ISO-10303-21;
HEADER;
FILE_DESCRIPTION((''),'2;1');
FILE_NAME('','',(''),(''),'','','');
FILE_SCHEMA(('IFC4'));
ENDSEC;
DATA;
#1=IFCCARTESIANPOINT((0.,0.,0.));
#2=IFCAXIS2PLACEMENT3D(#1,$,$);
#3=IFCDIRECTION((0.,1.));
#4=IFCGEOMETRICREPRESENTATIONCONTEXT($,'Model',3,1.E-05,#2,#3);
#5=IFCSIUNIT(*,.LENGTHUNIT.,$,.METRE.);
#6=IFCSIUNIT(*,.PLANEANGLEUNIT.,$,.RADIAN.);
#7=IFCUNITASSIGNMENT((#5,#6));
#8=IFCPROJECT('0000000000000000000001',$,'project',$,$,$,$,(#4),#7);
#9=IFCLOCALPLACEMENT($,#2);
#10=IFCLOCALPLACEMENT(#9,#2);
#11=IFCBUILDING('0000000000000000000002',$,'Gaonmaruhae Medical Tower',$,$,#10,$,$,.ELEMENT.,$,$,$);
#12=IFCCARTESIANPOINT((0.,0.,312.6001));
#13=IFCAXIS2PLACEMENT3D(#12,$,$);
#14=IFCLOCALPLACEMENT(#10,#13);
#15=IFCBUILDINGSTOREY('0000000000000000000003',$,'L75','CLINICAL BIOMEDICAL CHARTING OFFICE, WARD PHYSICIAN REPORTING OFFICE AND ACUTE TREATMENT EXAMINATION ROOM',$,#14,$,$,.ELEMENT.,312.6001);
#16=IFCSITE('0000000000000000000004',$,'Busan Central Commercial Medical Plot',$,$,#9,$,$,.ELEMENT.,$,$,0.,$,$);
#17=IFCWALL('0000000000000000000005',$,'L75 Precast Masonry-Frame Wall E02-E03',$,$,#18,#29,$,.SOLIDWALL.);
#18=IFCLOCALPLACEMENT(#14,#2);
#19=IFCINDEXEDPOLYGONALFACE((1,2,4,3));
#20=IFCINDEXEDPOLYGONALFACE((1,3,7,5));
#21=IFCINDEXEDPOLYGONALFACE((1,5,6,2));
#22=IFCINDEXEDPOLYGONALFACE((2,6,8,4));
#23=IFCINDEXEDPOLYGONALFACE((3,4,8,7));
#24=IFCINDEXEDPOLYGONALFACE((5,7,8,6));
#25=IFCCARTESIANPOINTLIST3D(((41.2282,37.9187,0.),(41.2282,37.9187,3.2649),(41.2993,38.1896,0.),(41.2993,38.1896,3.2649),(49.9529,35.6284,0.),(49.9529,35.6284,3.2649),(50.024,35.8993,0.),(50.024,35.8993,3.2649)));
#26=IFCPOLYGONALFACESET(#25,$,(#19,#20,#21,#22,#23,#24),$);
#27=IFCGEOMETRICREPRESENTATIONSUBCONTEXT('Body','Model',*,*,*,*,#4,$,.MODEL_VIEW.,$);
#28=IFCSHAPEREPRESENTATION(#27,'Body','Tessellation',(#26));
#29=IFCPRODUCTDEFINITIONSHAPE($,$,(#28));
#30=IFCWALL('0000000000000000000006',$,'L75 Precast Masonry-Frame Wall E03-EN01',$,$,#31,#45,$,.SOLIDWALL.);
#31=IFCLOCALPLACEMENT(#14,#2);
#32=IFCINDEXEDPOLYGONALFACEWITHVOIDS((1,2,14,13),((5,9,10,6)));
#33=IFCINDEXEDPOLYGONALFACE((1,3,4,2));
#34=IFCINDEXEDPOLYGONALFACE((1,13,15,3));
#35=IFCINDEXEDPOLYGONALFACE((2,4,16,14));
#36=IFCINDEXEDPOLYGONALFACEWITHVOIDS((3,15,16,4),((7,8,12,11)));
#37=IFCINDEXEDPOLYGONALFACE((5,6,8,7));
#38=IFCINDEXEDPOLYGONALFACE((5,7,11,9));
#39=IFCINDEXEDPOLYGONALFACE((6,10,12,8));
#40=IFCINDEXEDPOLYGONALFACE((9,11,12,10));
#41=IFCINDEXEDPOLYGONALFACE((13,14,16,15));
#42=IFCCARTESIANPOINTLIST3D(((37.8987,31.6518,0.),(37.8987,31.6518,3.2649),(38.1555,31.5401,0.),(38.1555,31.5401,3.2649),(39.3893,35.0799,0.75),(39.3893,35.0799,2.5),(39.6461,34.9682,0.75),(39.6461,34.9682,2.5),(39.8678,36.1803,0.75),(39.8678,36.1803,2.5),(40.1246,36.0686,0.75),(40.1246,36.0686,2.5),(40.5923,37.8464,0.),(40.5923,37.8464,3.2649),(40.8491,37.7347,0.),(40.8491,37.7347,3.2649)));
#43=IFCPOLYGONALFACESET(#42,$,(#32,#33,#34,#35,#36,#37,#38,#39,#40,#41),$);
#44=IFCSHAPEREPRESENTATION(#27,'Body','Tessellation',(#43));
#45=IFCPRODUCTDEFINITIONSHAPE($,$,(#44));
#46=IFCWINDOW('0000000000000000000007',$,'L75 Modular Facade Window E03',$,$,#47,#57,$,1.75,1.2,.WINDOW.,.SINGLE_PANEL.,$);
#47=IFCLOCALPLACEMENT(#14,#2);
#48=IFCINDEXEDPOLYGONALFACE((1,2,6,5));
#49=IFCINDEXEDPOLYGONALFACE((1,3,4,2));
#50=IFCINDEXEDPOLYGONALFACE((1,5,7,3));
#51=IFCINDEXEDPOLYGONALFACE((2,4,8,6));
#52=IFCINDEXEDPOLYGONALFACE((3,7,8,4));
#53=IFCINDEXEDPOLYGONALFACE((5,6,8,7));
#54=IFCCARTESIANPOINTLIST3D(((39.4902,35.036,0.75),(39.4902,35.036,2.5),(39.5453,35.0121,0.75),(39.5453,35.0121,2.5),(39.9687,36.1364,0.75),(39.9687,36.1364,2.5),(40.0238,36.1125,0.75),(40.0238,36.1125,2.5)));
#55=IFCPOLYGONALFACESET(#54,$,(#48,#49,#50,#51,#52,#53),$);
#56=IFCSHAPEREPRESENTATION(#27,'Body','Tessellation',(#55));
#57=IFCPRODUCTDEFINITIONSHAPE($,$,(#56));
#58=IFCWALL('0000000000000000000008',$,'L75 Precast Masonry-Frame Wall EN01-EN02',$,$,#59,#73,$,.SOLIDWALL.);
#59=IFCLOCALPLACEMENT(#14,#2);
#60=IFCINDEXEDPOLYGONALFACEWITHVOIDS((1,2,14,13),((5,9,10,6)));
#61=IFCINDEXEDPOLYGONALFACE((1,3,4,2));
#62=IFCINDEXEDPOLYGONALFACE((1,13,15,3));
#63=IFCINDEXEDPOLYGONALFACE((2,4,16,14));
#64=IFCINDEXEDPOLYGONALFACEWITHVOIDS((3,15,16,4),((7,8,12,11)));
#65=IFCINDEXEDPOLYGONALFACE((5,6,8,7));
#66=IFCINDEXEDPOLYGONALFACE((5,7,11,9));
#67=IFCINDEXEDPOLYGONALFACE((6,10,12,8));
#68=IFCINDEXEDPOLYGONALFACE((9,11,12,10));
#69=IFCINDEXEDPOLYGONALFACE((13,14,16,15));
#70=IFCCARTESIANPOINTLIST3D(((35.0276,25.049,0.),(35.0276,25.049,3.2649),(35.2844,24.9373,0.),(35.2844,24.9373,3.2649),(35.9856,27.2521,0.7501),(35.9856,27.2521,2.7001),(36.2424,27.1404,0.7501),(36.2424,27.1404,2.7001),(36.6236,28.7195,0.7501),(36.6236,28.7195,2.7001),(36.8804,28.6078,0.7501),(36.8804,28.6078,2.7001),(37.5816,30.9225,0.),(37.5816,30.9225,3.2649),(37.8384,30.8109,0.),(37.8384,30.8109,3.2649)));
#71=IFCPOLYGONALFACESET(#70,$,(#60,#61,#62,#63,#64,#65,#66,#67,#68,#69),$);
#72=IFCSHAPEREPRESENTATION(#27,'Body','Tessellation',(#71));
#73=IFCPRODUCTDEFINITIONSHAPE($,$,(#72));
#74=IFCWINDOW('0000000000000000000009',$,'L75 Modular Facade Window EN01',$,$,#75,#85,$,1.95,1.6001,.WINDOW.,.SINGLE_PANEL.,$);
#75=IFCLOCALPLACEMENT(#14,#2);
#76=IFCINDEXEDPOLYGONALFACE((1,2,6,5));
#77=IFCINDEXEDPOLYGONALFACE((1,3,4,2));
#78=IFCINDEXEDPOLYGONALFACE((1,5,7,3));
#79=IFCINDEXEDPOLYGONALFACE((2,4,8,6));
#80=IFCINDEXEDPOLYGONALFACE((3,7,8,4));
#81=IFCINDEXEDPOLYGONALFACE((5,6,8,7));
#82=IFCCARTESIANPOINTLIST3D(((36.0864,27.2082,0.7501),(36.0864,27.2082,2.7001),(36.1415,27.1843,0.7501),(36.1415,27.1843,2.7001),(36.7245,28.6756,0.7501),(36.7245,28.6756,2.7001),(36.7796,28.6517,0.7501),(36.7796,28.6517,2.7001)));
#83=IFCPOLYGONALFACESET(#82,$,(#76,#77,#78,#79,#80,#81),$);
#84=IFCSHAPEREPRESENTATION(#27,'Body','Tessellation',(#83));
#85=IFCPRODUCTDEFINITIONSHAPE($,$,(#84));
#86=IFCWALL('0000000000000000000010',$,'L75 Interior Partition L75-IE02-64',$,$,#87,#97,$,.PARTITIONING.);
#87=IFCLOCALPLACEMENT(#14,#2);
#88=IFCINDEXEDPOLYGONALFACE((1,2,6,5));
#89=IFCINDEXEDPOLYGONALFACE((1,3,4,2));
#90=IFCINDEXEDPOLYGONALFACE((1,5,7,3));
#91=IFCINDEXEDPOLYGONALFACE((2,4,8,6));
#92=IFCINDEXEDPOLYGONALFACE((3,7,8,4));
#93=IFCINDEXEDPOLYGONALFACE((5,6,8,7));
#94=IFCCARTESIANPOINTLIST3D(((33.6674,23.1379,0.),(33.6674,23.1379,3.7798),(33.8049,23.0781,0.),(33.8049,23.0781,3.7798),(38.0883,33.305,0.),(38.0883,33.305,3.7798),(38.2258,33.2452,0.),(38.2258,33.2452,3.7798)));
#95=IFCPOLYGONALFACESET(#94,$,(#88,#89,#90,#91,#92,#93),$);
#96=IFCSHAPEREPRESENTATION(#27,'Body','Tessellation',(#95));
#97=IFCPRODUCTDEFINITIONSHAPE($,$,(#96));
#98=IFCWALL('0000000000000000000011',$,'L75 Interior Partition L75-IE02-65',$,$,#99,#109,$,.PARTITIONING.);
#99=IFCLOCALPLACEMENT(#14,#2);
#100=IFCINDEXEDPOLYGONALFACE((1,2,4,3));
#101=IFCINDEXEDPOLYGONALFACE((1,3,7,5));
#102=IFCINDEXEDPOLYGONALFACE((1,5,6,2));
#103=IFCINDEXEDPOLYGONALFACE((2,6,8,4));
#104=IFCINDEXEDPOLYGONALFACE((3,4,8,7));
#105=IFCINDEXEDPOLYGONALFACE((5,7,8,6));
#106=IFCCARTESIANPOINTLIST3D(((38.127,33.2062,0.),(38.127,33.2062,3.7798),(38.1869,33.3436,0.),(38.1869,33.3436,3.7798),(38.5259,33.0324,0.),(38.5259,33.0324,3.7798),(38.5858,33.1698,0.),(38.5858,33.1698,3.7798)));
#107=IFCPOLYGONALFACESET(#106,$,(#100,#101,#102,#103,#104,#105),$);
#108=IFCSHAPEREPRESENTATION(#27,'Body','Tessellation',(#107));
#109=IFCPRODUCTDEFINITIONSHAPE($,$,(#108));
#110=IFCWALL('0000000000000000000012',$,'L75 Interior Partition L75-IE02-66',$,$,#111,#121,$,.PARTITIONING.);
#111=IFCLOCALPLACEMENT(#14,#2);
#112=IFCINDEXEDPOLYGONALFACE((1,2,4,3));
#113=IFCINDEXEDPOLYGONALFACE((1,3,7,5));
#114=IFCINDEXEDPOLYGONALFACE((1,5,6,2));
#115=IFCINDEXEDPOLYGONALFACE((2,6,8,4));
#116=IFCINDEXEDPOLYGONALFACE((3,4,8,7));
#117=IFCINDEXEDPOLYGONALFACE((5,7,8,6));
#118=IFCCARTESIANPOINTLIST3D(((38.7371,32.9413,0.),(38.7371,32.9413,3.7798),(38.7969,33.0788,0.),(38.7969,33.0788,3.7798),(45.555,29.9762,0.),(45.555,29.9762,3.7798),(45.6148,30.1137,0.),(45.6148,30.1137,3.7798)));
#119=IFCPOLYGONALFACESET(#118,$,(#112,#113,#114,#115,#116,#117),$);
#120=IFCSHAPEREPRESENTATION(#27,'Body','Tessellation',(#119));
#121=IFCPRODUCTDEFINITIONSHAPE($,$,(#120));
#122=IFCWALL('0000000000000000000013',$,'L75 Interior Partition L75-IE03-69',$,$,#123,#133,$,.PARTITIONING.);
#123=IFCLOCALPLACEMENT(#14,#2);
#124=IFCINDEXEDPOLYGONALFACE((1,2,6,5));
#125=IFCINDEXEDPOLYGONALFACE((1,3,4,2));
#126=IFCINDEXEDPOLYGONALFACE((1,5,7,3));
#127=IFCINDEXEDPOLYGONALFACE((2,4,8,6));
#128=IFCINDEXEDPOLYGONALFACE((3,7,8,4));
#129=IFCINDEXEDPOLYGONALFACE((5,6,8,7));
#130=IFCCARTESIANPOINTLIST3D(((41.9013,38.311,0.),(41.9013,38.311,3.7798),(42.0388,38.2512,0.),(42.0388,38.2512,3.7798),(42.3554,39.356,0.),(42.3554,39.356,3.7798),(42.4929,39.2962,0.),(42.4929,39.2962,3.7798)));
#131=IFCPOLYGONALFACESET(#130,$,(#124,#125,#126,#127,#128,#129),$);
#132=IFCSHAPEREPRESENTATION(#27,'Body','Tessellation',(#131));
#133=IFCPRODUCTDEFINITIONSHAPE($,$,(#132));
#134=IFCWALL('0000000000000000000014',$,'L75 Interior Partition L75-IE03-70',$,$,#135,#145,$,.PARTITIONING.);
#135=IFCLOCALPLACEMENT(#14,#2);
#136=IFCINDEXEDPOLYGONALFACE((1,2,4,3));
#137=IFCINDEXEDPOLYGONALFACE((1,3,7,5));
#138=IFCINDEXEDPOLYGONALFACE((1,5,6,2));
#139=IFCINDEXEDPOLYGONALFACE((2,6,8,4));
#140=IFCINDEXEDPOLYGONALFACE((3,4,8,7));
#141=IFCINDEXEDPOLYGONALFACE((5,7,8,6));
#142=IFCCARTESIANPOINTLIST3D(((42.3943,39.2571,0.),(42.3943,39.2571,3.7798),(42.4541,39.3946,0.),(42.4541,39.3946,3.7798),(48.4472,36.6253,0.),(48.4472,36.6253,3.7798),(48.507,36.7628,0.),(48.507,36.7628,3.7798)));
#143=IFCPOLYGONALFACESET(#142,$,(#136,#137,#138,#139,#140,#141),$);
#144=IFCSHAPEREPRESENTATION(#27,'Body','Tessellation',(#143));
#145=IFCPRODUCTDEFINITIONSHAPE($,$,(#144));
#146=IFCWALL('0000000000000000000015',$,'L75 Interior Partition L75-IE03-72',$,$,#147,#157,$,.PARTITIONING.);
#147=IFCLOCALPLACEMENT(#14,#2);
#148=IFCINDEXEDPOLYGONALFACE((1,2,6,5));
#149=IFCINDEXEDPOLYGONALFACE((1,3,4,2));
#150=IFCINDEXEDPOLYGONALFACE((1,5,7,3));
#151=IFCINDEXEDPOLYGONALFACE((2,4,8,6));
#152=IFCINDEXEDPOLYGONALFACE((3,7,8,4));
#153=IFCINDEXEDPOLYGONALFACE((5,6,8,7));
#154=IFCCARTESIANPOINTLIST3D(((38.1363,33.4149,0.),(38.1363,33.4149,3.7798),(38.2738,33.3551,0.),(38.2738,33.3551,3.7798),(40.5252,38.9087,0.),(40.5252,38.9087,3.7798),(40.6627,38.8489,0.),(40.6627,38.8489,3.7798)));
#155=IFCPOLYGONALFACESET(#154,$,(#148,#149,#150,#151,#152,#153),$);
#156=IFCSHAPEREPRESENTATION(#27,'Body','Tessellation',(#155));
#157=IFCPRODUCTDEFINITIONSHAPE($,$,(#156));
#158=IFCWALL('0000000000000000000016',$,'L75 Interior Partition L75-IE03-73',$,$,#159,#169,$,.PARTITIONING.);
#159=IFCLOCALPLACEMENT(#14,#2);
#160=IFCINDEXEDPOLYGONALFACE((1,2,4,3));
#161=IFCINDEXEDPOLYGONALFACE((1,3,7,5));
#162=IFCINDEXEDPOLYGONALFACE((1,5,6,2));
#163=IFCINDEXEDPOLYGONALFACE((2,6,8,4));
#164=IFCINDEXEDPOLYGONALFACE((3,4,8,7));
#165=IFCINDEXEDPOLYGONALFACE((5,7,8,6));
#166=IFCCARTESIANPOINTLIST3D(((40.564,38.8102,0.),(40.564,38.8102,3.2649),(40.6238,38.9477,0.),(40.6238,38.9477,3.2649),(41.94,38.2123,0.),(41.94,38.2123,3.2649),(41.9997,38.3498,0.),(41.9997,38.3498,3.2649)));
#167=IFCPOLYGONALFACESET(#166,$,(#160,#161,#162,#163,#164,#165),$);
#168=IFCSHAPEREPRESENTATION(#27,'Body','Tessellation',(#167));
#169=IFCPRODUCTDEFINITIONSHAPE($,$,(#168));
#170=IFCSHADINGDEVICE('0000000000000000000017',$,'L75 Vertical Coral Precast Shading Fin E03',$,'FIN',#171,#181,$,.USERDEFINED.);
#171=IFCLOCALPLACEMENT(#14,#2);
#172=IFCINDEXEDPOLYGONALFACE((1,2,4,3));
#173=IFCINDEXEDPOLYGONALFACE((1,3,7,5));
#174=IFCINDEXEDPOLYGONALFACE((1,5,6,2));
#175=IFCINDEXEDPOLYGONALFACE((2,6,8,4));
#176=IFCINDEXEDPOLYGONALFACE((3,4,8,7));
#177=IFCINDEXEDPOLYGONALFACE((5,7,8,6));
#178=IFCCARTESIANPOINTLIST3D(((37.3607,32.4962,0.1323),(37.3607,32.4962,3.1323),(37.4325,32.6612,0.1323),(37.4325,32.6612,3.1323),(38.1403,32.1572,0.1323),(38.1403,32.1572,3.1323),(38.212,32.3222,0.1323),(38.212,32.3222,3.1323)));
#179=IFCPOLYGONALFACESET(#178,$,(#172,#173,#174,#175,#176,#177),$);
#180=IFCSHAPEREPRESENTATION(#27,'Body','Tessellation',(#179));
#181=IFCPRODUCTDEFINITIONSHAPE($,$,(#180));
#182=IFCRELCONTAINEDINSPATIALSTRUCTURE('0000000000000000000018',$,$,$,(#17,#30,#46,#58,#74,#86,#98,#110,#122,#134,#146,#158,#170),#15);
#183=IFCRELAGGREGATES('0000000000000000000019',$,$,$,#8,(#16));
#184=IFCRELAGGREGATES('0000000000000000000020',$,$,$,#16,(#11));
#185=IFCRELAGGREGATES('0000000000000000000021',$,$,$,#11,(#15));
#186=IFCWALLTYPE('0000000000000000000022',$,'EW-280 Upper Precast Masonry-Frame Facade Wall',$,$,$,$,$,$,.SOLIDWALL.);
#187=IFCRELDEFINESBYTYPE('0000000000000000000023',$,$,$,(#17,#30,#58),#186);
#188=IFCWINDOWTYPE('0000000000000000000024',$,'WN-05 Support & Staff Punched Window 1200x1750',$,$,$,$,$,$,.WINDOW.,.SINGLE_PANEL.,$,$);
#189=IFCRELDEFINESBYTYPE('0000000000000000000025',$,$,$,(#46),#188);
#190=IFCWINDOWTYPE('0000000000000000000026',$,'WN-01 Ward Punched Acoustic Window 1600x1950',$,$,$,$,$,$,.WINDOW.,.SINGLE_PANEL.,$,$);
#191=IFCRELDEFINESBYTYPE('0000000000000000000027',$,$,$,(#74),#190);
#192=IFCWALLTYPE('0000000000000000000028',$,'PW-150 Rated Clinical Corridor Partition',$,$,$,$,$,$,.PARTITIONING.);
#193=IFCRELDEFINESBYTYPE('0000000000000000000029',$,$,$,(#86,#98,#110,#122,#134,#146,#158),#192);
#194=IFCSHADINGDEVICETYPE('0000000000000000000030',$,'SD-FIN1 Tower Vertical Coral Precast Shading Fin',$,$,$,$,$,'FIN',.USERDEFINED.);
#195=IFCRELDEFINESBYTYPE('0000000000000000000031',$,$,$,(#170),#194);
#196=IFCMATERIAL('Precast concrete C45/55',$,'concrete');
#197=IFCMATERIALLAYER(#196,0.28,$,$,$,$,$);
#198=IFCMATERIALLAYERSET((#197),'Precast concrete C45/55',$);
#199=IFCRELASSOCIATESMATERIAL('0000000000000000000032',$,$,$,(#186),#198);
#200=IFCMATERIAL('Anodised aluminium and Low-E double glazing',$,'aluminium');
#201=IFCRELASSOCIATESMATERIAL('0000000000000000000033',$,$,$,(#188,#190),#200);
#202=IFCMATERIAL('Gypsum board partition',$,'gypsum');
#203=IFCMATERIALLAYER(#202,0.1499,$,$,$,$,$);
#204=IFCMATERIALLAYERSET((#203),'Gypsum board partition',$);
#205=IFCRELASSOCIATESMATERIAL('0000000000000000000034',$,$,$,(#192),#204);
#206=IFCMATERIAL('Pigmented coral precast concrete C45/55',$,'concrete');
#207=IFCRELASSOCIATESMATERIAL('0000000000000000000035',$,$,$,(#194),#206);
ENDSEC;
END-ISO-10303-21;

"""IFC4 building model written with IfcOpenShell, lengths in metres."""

from ifc_helpers import new_model, si_unit, direction, frame, frame_2d, origin, origin_2d, place, context, subcontext, project, spatial, rectangle, extrude, material, layer, layer_set, type_object, element, fill, save


model = new_model("IFC4")

# Units and contexts
model_context = context("Model", 3, precision=1e-05, world=origin(), true_north=direction((0.0, 1.0)))
body_context = subcontext(model_context, "Body", "Model", "MODEL_VIEW")
ifc_project = project(units=[si_unit("LENGTHUNIT", "METRE"), si_unit("PLANEANGLEUNIT", "RADIAN")], contexts=[model_context])

# Site, building, storey
site_placement = place(None, origin())
site = spatial("IfcSite", under=ifc_project, at=site_placement, Name="Busan Central Commercial Medical Plot", CompositionType="ELEMENT", RefElevation=0.0)
building_placement = place(site_placement, origin())
building = spatial("IfcBuilding", under=site, at=building_placement, Name="Gaonmaruhae Medical Tower", CompositionType="ELEMENT")
storey_placement = place(building_placement, frame((0.0, 0.0, 312.6001)))
storey = spatial("IfcBuildingStorey", under=building, at=storey_placement, Name="L75", Description="CLINICAL BIOMEDICAL CHARTING OFFICE, WARD PHYSICIAN REPORTING OFFICE AND ACUTE TREATMENT EXAMINATION ROOM", CompositionType="ELEMENT", Elevation=312.6001)

# Wall
ifc_material_1 = material(Name="Precast concrete C45/55", Category="concrete")
ifc_layer_1 = layer(ifc_material_1, 0.28)
ifc_layer_set_1 = layer_set([ifc_layer_1], Name="Precast concrete C45/55")
wall_type_1 = type_object("IfcWallType", Name="EW-280 Upper Precast Masonry-Frame Facade Wall", PredefinedType="SOLIDWALL", material=ifc_layer_set_1)
wall_1_placement = place(storey_placement, frame((41.2637, 38.0542, 0.0), z_axis=(0.0, 0.0, 1.0), x_axis=(0.967229, -0.253906, 0.0)))
element("IfcWall", 1, at=wall_1_placement, inside=storey, type_object=wall_type_1, Name="L75 Precast Masonry-Frame Wall E02-E03", PredefinedType="SOLIDWALL", context=body_context, shape_type="SweptSolid", body=[
    extrude(rectangle(XDim=9.0203, YDim=0.28, at=frame_2d((4.5103, 0.0))), origin(), (0.0, 0.0, 1.0), 3.2649),
])

# Walls, openings, windows
wall_2_placement = place(storey_placement, frame((38.0271, 31.5959, 0.0), z_axis=(0.0, 0.0, 1.0), x_axis=(0.398764, 0.917053, 0.0)))
wall_2 = element("IfcWall", 2, at=wall_2_placement, inside=storey, type_object=wall_type_1, Name="L75 Precast Masonry-Frame Wall E03-EN01", PredefinedType="SOLIDWALL", context=body_context, shape_type="SweptSolid", body=[
    extrude(rectangle(XDim=6.7549, YDim=0.28, at=frame_2d((3.3774, 0.0))), origin(), (0.0, 0.0, 1.0), 3.2649),
])
opening_1_placement = place(wall_2_placement, frame((3.738, 0.0, 0.75)))
opening_1 = element("IfcOpeningElement", 3, at=opening_1_placement, cuts=wall_2, PredefinedType="OPENING", context=body_context, shape_type="SweptSolid", body=[
    extrude(rectangle(XDim=1.2, YDim=1.75, at=frame_2d((0.6001, 0.875))), frame((0.0, 0.1499, 0.0), z_axis=(0.0, -1.0, 0.0), x_axis=(1.0, 0.0, 0.0)), (0.0, 0.0, 1.0), 0.3),
])
ifc_material_2 = material(Name="Anodised aluminium and Low-E double glazing", Category="aluminium")
window_type_1 = type_object("IfcWindowType", Name="WN-05 Support & Staff Punched Window 1200x1750", PartitioningType="SINGLE_PANEL", PredefinedType="WINDOW", material=ifc_material_2)
window_1_placement = place(opening_1_placement, origin())
window_1 = element("IfcWindow", 4, at=window_1_placement, inside=storey, type_object=window_type_1, Name="L75 Modular Facade Window E03", OverallHeight=1.75, OverallWidth=1.2, PartitioningType="SINGLE_PANEL", PredefinedType="WINDOW", context=body_context, shape_type="SweptSolid", body=[
    extrude(rectangle(XDim=1.2, YDim=1.75, at=frame_2d((0.6001, 0.875))), frame((0.0, 0.03, 0.0), z_axis=(0.0, -1.0, 0.0), x_axis=(1.0, 0.0, 0.0)), (0.0, 0.0, 1.0), 0.0601),
])
fill(opening_1, window_1)
wall_3_placement = place(storey_placement, frame((35.156, 24.9932, 0.0), z_axis=(0.0, 0.0, 1.0), x_axis=(0.398758, 0.917056, 0.0)))
wall_3 = element("IfcWall", 5, at=wall_3_placement, inside=storey, type_object=wall_type_1, Name="L75 Precast Masonry-Frame Wall EN01-EN02", PredefinedType="SOLIDWALL", context=body_context, shape_type="SweptSolid", body=[
    extrude(rectangle(XDim=6.4048, YDim=0.28, at=frame_2d((3.2024, 0.0))), origin(), (0.0, 0.0, 1.0), 3.2649),
])
opening_2_placement = place(wall_3_placement, frame((2.4023, 0.0, 0.75)))
opening_2 = element("IfcOpeningElement", 6, at=opening_2_placement, cuts=wall_3, PredefinedType="OPENING", context=body_context, shape_type="SweptSolid", body=[
    extrude(rectangle(XDim=1.6001, YDim=1.95, at=frame_2d((0.8, 0.9751))), frame((0.0, 0.1499, 0.0), z_axis=(0.0, -1.0, 0.0), x_axis=(1.0, 0.0, 0.0)), (0.0, 0.0, 1.0), 0.3),
])
window_type_2 = type_object("IfcWindowType", Name="WN-01 Ward Punched Acoustic Window 1600x1950", PartitioningType="SINGLE_PANEL", PredefinedType="WINDOW", material=ifc_material_2)
window_2_placement = place(opening_2_placement, origin())
window_2 = element("IfcWindow", 7, at=window_2_placement, inside=storey, type_object=window_type_2, Name="L75 Modular Facade Window EN01", OverallHeight=1.95, OverallWidth=1.6001, PartitioningType="SINGLE_PANEL", PredefinedType="WINDOW", context=body_context, shape_type="SweptSolid", body=[
    extrude(rectangle(XDim=1.6001, YDim=1.95, at=frame_2d((0.8, 0.9751))), frame((0.0, 0.03, 0.0), z_axis=(0.0, -1.0, 0.0), x_axis=(1.0, 0.0, 0.0)), (0.0, 0.0, 1.0), 0.0601),
])
fill(opening_2, window_2)

# Walls
ifc_material_3 = material(Name="Gypsum board partition", Category="gypsum")
ifc_layer_2 = layer(ifc_material_3, 0.1499)
ifc_layer_set_2 = layer_set([ifc_layer_2], Name="Gypsum board partition")
wall_type_2 = type_object("IfcWallType", Name="PW-150 Rated Clinical Corridor Partition", PredefinedType="PARTITIONING", material=ifc_layer_set_2)
wall_4_placement = place(storey_placement, frame((33.7361, 23.1079, 0.0), z_axis=(0.0, 0.0, 1.0), x_axis=(0.398762, 0.917055, 0.0)))
element("IfcWall", 8, at=wall_4_placement, inside=storey, type_object=wall_type_2, Name="L75 Interior Partition L75-IE02-64", PredefinedType="PARTITIONING", context=body_context, shape_type="SweptSolid", body=[
    extrude(rectangle(XDim=11.0867, YDim=0.1499, at=frame_2d((5.5435, 0.0))), origin(), (0.0, 0.0, 1.0), 3.7798),
])
wall_5_placement = place(storey_placement, frame((38.157, 33.2749, 0.0), z_axis=(0.0, 0.0, 1.0), x_axis=(0.916749, -0.399465, 0.0)))
element("IfcWall", 9, at=wall_5_placement, inside=storey, type_object=wall_type_2, Name="L75 Interior Partition L75-IE02-65", PredefinedType="PARTITIONING", context=body_context, shape_type="SweptSolid", body=[
    extrude(rectangle(XDim=0.4351, YDim=0.1499, at=frame_2d((0.2175, 0.0))), origin(), (0.0, 0.0, 1.0), 3.7798),
])
wall_6_placement = place(storey_placement, frame((38.7671, 33.01, 0.0), z_axis=(0.0, 0.0, 1.0), x_axis=(0.917031, -0.398816, 0.0)))
element("IfcWall", 10, at=wall_6_placement, inside=storey, type_object=wall_type_2, Name="L75 Interior Partition L75-IE02-66", PredefinedType="PARTITIONING", context=body_context, shape_type="SweptSolid", body=[
    extrude(rectangle(XDim=7.4348, YDim=0.1499, at=frame_2d((3.7173, 0.0))), origin(), (0.0, 0.0, 1.0), 3.7798),
])
wall_7_placement = place(storey_placement, frame((41.97, 38.281, 0.0), z_axis=(0.0, 0.0, 1.0), x_axis=(0.398569, 0.917138, 0.0)))
element("IfcWall", 11, at=wall_7_placement, inside=storey, type_object=wall_type_2, Name="L75 Interior Partition L75-IE03-69", PredefinedType="PARTITIONING", context=body_context, shape_type="SweptSolid", body=[
    extrude(rectangle(XDim=1.1394, YDim=0.1499, at=frame_2d((0.5698, 0.0))), origin(), (0.0, 0.0, 1.0), 3.7798),
])
wall_8_placement = place(storey_placement, frame((42.4241, 39.3259, 0.0), z_axis=(0.0, 0.0, 1.0), x_axis=(0.917064, -0.39874, 0.0)))
element("IfcWall", 12, at=wall_8_placement, inside=storey, type_object=wall_type_2, Name="L75 Interior Partition L75-IE03-70", PredefinedType="PARTITIONING", context=body_context, shape_type="SweptSolid", body=[
    extrude(rectangle(XDim=6.6003, YDim=0.1499, at=frame_2d((3.3003, 0.0))), origin(), (0.0, 0.0, 1.0), 3.7798),
])
wall_9_placement = place(storey_placement, frame((38.2051, 33.385, 0.0), z_axis=(0.0, 0.0, 1.0), x_axis=(0.398763, 0.917054, 0.0)))
element("IfcWall", 13, at=wall_9_placement, inside=storey, type_object=wall_type_2, Name="L75 Interior Partition L75-IE03-72", PredefinedType="PARTITIONING", context=body_context, shape_type="SweptSolid", body=[
    extrude(rectangle(XDim=5.9907, YDim=0.1499, at=frame_2d((2.9954, 0.0))), origin(), (0.0, 0.0, 1.0), 3.7798),
])
wall_10_placement = place(storey_placement, frame((40.594, 38.8789, 0.0), z_axis=(0.0, 0.0, 1.0), x_axis=(0.917155, -0.39853, 0.0)))
element("IfcWall", 14, at=wall_10_placement, inside=storey, type_object=wall_type_2, Name="L75 Interior Partition L75-IE03-73", PredefinedType="PARTITIONING", context=body_context, shape_type="SweptSolid", body=[
    extrude(rectangle(XDim=1.5002, YDim=0.1499, at=frame_2d((0.75, 0.0))), origin(), (0.0, 0.0, 1.0), 3.2649),
])

# Shading device
ifc_material_4 = material(Name="Pigmented coral precast concrete C45/55", Category="concrete")
shading_device_type = type_object("IfcShadingDeviceType", Name="SD-FIN1 Tower Vertical Coral Precast Shading Fin", ElementType="FIN", PredefinedType="USERDEFINED", material=ifc_material_4)
for number, where, z_axis, x_axis, name in (
    (15, (37.7864, 32.4092, 0.1323), (0.0, 0.0, 1.0), (0.398765, 0.917053, 0.0), "L75 Vertical Coral Precast Shading Fin E03"),
):
    element("IfcShadingDevice", number, at=place(storey_placement, frame(where, z_axis=z_axis, x_axis=x_axis)), inside=storey, type_object=shading_device_type, Name=name, ObjectType="FIN", PredefinedType="USERDEFINED", context=body_context, shape_type="SweptSolid", body=[
        extrude(rectangle(XDim=0.1799, YDim=0.8501, at=origin_2d()), origin(), (0.0, 0.0, 1.0), 3.0),
    ])

save(model, "model.ifc")
